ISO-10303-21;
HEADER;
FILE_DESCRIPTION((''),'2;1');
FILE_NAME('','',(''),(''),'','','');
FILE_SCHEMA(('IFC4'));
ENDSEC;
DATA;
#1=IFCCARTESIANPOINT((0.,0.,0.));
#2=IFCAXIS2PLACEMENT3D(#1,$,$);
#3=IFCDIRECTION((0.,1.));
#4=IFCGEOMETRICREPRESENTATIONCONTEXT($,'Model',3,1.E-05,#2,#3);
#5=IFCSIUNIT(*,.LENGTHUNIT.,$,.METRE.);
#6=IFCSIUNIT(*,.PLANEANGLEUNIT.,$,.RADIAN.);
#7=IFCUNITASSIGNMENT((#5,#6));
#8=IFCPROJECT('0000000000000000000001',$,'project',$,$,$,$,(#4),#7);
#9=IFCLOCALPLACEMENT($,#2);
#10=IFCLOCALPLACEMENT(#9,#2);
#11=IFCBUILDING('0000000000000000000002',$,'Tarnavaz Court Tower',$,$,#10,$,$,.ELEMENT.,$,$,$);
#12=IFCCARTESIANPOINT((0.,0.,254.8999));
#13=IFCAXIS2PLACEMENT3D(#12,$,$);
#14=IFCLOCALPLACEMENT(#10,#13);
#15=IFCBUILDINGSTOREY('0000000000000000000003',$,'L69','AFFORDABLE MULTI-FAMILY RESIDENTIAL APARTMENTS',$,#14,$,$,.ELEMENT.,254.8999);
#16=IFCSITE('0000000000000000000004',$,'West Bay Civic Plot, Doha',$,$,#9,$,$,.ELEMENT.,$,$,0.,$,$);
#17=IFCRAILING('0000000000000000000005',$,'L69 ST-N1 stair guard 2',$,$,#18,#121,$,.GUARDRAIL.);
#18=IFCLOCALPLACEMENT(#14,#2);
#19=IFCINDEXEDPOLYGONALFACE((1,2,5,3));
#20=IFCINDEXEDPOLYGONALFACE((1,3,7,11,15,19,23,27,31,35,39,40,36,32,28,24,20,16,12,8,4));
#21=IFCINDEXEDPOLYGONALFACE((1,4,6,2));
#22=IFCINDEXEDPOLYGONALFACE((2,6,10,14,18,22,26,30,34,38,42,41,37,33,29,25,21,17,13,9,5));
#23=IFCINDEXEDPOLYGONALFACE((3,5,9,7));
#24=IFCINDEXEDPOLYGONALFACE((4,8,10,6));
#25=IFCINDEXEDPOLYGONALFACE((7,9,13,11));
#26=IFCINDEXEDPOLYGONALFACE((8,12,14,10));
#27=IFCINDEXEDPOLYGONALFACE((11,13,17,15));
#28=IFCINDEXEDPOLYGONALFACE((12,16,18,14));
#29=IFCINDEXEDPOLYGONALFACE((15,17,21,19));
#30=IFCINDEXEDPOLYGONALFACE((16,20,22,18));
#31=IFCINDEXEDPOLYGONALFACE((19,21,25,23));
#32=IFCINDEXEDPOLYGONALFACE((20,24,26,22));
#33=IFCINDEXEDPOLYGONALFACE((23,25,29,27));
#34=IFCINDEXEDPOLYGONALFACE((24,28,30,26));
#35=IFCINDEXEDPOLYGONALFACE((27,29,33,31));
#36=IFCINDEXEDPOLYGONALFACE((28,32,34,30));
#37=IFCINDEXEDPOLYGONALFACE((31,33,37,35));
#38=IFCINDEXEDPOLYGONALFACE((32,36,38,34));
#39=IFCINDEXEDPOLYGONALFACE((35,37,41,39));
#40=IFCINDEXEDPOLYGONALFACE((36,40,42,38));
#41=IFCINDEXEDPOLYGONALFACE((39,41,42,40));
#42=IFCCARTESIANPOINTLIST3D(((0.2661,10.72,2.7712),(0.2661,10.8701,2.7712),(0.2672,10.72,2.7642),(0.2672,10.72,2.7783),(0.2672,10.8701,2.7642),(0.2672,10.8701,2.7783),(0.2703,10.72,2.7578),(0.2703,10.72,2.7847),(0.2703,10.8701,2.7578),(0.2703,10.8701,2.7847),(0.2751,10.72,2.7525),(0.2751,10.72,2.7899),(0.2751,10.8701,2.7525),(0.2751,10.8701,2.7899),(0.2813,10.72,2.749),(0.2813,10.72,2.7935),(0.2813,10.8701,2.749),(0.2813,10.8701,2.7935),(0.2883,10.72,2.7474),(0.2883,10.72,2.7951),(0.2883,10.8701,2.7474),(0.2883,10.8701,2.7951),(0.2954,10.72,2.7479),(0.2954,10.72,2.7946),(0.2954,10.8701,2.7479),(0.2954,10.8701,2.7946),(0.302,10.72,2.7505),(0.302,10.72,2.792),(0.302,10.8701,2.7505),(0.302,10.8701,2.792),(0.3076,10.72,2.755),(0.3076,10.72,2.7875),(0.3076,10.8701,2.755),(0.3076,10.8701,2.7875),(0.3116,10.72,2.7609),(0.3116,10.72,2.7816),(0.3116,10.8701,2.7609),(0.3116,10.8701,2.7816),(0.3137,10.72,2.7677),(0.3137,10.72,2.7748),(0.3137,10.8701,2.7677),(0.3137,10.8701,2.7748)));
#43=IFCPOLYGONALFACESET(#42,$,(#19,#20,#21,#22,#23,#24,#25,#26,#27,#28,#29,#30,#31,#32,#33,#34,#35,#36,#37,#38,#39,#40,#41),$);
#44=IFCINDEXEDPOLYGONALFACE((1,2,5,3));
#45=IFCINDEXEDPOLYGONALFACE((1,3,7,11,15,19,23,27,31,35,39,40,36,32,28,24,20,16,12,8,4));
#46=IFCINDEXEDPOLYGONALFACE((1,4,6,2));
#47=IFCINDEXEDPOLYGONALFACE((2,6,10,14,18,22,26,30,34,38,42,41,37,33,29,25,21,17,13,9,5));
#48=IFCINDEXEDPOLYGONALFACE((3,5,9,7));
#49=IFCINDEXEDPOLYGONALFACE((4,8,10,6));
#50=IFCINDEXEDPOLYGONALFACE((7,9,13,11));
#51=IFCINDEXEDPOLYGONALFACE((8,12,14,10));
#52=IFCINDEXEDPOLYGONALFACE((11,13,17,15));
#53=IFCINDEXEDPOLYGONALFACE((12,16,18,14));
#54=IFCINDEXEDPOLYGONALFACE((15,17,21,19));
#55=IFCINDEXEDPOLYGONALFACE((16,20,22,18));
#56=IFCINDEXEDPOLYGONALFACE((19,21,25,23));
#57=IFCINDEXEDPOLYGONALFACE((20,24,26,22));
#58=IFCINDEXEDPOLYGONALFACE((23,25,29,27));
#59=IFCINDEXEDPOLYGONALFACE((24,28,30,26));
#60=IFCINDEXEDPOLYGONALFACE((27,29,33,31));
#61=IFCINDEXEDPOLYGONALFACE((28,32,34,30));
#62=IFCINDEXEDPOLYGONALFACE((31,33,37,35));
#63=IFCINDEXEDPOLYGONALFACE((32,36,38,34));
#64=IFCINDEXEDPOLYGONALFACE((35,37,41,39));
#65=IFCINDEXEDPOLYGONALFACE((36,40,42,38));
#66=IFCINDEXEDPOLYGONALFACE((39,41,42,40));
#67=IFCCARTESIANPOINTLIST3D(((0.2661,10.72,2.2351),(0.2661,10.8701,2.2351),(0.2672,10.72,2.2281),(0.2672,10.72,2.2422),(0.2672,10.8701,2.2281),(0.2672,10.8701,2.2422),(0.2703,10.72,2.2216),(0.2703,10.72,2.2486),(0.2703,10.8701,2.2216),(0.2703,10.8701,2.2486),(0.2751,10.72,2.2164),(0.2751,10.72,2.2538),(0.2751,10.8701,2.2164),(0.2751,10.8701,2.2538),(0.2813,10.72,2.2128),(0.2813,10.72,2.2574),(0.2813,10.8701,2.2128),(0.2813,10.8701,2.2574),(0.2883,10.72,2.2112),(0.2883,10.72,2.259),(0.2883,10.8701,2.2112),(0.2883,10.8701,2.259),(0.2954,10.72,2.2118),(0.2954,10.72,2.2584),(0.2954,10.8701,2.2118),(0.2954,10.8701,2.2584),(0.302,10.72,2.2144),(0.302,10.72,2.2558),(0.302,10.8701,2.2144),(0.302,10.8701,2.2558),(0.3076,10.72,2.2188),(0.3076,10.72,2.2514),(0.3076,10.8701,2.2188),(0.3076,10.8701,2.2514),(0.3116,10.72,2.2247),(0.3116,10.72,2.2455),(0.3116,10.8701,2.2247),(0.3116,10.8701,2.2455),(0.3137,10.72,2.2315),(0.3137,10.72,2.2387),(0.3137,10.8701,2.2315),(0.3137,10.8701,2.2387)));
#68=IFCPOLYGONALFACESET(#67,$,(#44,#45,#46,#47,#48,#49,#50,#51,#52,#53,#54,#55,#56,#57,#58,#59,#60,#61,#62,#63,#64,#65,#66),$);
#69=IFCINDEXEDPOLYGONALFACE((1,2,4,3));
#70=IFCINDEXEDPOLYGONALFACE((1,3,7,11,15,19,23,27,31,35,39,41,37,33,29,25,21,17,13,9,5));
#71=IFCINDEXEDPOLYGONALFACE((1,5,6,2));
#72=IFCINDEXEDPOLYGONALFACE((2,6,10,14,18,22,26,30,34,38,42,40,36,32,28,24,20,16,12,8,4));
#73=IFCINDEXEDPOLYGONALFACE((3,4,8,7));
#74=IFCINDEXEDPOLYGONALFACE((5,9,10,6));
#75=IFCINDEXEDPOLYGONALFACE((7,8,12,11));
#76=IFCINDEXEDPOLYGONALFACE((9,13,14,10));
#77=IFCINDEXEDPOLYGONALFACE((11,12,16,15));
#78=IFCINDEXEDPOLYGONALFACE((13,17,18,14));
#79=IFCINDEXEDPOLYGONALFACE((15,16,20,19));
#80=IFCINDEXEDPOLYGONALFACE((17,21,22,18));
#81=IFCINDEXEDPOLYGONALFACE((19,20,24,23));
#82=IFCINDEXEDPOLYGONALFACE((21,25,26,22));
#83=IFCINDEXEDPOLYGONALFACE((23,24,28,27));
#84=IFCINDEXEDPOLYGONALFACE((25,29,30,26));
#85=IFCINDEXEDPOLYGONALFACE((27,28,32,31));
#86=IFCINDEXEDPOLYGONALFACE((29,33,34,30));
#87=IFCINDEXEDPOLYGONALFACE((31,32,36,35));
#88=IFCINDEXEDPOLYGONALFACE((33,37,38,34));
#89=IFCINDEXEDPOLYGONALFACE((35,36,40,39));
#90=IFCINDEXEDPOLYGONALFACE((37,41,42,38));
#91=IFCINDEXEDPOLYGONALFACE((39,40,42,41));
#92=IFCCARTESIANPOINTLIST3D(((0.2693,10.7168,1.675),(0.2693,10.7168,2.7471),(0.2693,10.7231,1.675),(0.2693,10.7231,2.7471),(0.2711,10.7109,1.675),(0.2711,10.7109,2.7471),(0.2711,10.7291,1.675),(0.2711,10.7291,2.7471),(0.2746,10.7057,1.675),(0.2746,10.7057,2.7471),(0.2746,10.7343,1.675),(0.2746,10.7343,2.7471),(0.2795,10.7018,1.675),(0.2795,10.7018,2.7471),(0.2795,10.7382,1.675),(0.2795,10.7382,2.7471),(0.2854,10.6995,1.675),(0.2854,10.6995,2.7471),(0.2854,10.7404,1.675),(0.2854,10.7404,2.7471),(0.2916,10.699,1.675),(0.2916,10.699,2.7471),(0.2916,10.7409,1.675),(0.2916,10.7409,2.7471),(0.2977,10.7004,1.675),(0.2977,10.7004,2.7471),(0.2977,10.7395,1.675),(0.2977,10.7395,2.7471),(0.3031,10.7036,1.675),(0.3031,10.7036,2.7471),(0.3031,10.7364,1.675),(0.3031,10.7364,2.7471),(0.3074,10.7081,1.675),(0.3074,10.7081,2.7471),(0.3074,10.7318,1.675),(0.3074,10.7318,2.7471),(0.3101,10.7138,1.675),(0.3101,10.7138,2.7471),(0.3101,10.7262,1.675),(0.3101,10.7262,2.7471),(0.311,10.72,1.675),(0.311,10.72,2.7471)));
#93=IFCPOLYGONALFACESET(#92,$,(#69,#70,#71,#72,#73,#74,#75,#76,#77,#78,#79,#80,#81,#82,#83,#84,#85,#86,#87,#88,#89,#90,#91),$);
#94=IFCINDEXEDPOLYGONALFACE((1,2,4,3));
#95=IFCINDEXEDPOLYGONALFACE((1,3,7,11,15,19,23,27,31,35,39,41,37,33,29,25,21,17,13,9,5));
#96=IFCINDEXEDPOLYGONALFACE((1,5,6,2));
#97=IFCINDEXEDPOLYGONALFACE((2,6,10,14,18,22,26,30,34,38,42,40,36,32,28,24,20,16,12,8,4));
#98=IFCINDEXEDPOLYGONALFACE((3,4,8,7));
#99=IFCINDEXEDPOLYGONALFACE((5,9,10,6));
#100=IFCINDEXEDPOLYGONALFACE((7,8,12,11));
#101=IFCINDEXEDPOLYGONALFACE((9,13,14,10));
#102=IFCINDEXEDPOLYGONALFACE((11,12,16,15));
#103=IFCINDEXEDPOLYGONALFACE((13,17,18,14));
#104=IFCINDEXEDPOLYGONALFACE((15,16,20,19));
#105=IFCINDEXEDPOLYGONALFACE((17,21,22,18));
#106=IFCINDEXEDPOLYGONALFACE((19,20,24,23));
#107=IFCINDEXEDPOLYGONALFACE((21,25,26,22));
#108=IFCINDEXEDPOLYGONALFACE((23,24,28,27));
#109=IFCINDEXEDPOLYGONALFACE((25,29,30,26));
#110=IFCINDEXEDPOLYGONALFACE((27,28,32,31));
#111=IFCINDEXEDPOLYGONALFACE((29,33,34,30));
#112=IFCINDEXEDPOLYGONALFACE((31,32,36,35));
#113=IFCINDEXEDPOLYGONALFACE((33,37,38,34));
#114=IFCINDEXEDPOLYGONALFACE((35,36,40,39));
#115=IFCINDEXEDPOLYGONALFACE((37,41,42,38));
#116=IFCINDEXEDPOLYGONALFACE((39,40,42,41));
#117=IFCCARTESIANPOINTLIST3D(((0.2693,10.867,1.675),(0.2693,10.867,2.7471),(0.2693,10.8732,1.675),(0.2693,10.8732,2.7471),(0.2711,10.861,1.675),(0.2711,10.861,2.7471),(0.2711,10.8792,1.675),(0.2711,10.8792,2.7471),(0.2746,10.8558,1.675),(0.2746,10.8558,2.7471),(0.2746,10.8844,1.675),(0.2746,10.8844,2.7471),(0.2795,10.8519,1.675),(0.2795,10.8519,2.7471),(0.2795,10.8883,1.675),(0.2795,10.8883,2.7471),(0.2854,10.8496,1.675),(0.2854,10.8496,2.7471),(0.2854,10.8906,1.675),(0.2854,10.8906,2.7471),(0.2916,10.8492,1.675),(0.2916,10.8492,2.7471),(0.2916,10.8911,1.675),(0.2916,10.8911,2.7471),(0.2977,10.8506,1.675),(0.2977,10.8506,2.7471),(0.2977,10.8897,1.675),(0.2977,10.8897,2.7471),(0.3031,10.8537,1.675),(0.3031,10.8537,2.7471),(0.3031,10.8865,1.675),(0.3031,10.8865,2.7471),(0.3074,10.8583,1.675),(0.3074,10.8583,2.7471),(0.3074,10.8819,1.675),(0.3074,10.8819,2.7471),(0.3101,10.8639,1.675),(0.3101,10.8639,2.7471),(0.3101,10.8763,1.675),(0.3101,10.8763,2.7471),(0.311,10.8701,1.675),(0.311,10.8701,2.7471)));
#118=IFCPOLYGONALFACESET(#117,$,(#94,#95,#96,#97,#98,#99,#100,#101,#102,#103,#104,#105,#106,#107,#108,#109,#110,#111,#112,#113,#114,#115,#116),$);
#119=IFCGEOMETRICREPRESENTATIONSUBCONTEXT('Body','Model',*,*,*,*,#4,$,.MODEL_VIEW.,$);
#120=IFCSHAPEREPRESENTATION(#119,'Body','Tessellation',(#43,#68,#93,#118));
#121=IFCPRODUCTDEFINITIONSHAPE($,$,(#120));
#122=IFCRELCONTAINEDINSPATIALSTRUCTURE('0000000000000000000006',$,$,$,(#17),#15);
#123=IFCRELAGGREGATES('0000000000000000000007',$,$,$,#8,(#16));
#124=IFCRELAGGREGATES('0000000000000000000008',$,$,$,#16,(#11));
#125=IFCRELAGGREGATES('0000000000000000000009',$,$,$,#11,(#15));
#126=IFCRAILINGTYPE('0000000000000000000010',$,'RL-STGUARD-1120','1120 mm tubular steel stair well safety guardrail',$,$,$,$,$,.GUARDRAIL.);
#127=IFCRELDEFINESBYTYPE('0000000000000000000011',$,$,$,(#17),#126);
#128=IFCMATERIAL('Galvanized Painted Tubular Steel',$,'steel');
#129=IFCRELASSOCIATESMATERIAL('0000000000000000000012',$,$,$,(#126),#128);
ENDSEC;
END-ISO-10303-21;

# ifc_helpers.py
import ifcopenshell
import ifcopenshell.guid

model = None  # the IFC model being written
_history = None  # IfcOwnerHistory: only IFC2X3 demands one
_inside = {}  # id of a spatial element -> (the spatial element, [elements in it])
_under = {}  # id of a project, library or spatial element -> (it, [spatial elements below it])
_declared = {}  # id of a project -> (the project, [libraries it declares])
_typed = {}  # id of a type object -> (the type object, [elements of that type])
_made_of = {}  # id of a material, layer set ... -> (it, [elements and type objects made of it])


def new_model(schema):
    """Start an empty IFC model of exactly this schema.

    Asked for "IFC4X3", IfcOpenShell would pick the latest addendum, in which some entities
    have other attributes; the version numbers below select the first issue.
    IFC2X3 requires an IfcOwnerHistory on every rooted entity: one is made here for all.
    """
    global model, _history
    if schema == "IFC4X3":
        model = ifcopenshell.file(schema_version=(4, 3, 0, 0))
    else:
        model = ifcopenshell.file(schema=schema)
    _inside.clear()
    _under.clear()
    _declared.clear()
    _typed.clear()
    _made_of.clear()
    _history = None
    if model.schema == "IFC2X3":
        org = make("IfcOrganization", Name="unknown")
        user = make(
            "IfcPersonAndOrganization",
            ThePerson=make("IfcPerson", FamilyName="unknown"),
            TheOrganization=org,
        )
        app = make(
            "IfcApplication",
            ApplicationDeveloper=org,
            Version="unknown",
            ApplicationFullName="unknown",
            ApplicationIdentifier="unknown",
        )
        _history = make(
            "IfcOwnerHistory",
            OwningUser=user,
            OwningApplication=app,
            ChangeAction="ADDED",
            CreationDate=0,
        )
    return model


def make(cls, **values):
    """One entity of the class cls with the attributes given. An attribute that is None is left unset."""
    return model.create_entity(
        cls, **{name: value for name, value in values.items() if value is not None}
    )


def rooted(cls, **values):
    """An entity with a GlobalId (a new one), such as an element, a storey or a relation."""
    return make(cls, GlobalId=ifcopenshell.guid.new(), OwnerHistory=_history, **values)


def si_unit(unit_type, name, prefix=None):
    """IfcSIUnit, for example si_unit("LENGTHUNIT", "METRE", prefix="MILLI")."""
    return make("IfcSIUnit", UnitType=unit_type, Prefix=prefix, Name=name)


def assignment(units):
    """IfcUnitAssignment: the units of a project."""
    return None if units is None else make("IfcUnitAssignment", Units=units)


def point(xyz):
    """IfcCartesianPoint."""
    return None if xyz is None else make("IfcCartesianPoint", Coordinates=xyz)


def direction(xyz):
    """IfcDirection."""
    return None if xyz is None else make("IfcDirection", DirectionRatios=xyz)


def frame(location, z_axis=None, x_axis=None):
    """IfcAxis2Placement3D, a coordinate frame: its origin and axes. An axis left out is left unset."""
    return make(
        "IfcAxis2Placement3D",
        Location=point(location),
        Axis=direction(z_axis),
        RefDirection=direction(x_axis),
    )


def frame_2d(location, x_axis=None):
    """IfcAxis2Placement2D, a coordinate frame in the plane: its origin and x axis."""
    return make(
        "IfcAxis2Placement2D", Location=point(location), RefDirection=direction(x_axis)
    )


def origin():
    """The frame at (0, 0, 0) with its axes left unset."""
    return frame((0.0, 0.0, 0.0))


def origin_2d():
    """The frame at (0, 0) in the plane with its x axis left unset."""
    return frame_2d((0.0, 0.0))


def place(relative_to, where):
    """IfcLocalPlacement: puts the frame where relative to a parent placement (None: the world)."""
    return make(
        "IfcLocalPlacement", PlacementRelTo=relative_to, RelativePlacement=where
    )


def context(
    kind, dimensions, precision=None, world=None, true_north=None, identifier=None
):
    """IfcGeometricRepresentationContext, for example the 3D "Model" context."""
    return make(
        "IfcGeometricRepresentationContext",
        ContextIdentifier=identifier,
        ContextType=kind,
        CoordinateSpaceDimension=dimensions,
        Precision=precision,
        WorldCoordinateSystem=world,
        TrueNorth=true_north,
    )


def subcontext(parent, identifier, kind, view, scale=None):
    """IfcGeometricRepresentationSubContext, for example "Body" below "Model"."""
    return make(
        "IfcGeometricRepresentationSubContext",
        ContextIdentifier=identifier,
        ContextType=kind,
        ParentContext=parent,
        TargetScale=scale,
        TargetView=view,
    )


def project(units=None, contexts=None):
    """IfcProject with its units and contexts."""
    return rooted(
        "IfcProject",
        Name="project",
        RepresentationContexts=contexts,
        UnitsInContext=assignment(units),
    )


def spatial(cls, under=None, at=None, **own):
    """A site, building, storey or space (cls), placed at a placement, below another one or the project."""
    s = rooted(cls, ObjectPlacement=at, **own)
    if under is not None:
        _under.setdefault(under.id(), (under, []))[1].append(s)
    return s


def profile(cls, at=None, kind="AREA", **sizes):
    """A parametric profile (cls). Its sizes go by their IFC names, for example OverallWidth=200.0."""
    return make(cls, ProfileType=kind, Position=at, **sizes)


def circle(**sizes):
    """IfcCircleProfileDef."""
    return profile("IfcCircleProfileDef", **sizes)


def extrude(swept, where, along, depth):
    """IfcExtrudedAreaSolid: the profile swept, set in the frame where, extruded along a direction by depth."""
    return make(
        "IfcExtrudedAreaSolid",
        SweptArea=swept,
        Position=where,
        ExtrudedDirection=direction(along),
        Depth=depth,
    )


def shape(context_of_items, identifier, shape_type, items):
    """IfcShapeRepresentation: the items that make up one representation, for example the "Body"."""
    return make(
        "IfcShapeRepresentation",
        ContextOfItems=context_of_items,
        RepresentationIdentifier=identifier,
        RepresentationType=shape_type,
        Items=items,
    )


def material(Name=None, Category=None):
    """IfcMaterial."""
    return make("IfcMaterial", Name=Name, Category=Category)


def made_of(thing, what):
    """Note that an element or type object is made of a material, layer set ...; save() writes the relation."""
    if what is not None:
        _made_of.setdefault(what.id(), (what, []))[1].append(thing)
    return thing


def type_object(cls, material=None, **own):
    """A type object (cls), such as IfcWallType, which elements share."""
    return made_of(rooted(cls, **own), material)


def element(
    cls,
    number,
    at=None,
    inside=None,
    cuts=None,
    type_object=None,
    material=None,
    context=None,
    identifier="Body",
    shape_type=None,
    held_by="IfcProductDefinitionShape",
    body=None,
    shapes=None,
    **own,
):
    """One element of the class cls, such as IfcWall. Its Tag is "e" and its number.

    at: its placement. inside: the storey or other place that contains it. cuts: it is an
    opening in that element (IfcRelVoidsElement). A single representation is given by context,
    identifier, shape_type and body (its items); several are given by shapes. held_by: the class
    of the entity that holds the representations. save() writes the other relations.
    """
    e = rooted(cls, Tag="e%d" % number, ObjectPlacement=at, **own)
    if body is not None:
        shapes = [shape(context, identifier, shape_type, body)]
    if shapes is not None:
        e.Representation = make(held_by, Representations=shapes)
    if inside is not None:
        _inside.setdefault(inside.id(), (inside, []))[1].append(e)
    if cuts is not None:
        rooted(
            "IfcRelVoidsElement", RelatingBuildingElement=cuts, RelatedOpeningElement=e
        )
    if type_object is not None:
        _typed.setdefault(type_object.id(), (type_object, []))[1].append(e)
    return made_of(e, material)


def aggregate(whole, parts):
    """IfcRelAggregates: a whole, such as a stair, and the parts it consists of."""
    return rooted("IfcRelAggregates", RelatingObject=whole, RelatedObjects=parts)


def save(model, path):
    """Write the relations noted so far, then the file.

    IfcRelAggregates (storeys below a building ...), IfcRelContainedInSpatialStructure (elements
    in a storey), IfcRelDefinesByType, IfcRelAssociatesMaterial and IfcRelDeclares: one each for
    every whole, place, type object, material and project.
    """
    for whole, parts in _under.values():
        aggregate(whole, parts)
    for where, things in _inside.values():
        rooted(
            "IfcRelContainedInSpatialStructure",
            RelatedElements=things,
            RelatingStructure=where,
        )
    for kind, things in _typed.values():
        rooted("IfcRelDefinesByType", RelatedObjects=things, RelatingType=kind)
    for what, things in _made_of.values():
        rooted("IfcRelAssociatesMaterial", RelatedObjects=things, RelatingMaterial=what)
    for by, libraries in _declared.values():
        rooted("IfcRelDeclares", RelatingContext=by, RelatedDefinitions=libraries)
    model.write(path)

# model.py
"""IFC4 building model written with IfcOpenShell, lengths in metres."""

from ifc_helpers import new_model, si_unit, direction, frame, origin, origin_2d, place, context, subcontext, project, spatial, circle, extrude, material, type_object, element, save


model = new_model("IFC4")

# Units and contexts
model_context = context("Model", 3, precision=1e-05, world=origin(), true_north=direction((0.0, 1.0)))
body_context = subcontext(model_context, "Body", "Model", "MODEL_VIEW")
ifc_project = project(units=[si_unit("LENGTHUNIT", "METRE"), si_unit("PLANEANGLEUNIT", "RADIAN")], contexts=[model_context])

# Site, building, storey
site_placement = place(None, origin())
site = spatial("IfcSite", under=ifc_project, at=site_placement, Name="West Bay Civic Plot, Doha", CompositionType="ELEMENT", RefElevation=0.0)
building_placement = place(site_placement, origin())
building = spatial("IfcBuilding", under=site, at=building_placement, Name="Tarnavaz Court Tower", CompositionType="ELEMENT")
storey_placement = place(building_placement, frame((0.0, 0.0, 254.8999)))
storey = spatial("IfcBuildingStorey", under=building, at=storey_placement, Name="L69", Description="AFFORDABLE MULTI-FAMILY RESIDENTIAL APARTMENTS", CompositionType="ELEMENT", Elevation=254.8999)

# Railing
ifc_material_1 = material(Name="Galvanized Painted Tubular Steel", Category="steel")
railing_type_1 = type_object("IfcRailingType", Name="RL-STGUARD-1120", Description="1120 mm tubular steel stair well safety guardrail", PredefinedType="GUARDRAIL", material=ifc_material_1)
railing_1_placement = place(storey_placement, frame((0.29, 10.72, 1.675)))
element("IfcRailing", 1, at=railing_1_placement, inside=storey, type_object=railing_type_1, Name="L69 ST-N1 stair guard 2", PredefinedType="GUARDRAIL", context=body_context, shape_type="SweptSolid", body=[
    extrude(circle(Radius=0.0239, at=origin_2d()), frame((0.0, 0.0, 1.0962), z_axis=(0.0, 1.0, 0.0), x_axis=(-1.0, 0.0, 0.0)), (0.0, 0.0, 1.0), 0.1501),
    extrude(circle(Radius=0.0239, at=origin_2d()), frame((0.0, 0.0, 0.5601), z_axis=(0.0, 1.0, 0.0), x_axis=(-1.0, 0.0, 0.0)), (0.0, 0.0, 1.0), 0.1501),
    extrude(circle(Radius=0.021, at=origin_2d()), origin(), (0.0, 0.0, 1.0), 1.072),
    extrude(circle(Radius=0.021, at=origin_2d()), frame((0.0, 0.1501, 0.0)), (0.0, 0.0, 1.0), 1.072),
])

save(model, "model.ifc")
